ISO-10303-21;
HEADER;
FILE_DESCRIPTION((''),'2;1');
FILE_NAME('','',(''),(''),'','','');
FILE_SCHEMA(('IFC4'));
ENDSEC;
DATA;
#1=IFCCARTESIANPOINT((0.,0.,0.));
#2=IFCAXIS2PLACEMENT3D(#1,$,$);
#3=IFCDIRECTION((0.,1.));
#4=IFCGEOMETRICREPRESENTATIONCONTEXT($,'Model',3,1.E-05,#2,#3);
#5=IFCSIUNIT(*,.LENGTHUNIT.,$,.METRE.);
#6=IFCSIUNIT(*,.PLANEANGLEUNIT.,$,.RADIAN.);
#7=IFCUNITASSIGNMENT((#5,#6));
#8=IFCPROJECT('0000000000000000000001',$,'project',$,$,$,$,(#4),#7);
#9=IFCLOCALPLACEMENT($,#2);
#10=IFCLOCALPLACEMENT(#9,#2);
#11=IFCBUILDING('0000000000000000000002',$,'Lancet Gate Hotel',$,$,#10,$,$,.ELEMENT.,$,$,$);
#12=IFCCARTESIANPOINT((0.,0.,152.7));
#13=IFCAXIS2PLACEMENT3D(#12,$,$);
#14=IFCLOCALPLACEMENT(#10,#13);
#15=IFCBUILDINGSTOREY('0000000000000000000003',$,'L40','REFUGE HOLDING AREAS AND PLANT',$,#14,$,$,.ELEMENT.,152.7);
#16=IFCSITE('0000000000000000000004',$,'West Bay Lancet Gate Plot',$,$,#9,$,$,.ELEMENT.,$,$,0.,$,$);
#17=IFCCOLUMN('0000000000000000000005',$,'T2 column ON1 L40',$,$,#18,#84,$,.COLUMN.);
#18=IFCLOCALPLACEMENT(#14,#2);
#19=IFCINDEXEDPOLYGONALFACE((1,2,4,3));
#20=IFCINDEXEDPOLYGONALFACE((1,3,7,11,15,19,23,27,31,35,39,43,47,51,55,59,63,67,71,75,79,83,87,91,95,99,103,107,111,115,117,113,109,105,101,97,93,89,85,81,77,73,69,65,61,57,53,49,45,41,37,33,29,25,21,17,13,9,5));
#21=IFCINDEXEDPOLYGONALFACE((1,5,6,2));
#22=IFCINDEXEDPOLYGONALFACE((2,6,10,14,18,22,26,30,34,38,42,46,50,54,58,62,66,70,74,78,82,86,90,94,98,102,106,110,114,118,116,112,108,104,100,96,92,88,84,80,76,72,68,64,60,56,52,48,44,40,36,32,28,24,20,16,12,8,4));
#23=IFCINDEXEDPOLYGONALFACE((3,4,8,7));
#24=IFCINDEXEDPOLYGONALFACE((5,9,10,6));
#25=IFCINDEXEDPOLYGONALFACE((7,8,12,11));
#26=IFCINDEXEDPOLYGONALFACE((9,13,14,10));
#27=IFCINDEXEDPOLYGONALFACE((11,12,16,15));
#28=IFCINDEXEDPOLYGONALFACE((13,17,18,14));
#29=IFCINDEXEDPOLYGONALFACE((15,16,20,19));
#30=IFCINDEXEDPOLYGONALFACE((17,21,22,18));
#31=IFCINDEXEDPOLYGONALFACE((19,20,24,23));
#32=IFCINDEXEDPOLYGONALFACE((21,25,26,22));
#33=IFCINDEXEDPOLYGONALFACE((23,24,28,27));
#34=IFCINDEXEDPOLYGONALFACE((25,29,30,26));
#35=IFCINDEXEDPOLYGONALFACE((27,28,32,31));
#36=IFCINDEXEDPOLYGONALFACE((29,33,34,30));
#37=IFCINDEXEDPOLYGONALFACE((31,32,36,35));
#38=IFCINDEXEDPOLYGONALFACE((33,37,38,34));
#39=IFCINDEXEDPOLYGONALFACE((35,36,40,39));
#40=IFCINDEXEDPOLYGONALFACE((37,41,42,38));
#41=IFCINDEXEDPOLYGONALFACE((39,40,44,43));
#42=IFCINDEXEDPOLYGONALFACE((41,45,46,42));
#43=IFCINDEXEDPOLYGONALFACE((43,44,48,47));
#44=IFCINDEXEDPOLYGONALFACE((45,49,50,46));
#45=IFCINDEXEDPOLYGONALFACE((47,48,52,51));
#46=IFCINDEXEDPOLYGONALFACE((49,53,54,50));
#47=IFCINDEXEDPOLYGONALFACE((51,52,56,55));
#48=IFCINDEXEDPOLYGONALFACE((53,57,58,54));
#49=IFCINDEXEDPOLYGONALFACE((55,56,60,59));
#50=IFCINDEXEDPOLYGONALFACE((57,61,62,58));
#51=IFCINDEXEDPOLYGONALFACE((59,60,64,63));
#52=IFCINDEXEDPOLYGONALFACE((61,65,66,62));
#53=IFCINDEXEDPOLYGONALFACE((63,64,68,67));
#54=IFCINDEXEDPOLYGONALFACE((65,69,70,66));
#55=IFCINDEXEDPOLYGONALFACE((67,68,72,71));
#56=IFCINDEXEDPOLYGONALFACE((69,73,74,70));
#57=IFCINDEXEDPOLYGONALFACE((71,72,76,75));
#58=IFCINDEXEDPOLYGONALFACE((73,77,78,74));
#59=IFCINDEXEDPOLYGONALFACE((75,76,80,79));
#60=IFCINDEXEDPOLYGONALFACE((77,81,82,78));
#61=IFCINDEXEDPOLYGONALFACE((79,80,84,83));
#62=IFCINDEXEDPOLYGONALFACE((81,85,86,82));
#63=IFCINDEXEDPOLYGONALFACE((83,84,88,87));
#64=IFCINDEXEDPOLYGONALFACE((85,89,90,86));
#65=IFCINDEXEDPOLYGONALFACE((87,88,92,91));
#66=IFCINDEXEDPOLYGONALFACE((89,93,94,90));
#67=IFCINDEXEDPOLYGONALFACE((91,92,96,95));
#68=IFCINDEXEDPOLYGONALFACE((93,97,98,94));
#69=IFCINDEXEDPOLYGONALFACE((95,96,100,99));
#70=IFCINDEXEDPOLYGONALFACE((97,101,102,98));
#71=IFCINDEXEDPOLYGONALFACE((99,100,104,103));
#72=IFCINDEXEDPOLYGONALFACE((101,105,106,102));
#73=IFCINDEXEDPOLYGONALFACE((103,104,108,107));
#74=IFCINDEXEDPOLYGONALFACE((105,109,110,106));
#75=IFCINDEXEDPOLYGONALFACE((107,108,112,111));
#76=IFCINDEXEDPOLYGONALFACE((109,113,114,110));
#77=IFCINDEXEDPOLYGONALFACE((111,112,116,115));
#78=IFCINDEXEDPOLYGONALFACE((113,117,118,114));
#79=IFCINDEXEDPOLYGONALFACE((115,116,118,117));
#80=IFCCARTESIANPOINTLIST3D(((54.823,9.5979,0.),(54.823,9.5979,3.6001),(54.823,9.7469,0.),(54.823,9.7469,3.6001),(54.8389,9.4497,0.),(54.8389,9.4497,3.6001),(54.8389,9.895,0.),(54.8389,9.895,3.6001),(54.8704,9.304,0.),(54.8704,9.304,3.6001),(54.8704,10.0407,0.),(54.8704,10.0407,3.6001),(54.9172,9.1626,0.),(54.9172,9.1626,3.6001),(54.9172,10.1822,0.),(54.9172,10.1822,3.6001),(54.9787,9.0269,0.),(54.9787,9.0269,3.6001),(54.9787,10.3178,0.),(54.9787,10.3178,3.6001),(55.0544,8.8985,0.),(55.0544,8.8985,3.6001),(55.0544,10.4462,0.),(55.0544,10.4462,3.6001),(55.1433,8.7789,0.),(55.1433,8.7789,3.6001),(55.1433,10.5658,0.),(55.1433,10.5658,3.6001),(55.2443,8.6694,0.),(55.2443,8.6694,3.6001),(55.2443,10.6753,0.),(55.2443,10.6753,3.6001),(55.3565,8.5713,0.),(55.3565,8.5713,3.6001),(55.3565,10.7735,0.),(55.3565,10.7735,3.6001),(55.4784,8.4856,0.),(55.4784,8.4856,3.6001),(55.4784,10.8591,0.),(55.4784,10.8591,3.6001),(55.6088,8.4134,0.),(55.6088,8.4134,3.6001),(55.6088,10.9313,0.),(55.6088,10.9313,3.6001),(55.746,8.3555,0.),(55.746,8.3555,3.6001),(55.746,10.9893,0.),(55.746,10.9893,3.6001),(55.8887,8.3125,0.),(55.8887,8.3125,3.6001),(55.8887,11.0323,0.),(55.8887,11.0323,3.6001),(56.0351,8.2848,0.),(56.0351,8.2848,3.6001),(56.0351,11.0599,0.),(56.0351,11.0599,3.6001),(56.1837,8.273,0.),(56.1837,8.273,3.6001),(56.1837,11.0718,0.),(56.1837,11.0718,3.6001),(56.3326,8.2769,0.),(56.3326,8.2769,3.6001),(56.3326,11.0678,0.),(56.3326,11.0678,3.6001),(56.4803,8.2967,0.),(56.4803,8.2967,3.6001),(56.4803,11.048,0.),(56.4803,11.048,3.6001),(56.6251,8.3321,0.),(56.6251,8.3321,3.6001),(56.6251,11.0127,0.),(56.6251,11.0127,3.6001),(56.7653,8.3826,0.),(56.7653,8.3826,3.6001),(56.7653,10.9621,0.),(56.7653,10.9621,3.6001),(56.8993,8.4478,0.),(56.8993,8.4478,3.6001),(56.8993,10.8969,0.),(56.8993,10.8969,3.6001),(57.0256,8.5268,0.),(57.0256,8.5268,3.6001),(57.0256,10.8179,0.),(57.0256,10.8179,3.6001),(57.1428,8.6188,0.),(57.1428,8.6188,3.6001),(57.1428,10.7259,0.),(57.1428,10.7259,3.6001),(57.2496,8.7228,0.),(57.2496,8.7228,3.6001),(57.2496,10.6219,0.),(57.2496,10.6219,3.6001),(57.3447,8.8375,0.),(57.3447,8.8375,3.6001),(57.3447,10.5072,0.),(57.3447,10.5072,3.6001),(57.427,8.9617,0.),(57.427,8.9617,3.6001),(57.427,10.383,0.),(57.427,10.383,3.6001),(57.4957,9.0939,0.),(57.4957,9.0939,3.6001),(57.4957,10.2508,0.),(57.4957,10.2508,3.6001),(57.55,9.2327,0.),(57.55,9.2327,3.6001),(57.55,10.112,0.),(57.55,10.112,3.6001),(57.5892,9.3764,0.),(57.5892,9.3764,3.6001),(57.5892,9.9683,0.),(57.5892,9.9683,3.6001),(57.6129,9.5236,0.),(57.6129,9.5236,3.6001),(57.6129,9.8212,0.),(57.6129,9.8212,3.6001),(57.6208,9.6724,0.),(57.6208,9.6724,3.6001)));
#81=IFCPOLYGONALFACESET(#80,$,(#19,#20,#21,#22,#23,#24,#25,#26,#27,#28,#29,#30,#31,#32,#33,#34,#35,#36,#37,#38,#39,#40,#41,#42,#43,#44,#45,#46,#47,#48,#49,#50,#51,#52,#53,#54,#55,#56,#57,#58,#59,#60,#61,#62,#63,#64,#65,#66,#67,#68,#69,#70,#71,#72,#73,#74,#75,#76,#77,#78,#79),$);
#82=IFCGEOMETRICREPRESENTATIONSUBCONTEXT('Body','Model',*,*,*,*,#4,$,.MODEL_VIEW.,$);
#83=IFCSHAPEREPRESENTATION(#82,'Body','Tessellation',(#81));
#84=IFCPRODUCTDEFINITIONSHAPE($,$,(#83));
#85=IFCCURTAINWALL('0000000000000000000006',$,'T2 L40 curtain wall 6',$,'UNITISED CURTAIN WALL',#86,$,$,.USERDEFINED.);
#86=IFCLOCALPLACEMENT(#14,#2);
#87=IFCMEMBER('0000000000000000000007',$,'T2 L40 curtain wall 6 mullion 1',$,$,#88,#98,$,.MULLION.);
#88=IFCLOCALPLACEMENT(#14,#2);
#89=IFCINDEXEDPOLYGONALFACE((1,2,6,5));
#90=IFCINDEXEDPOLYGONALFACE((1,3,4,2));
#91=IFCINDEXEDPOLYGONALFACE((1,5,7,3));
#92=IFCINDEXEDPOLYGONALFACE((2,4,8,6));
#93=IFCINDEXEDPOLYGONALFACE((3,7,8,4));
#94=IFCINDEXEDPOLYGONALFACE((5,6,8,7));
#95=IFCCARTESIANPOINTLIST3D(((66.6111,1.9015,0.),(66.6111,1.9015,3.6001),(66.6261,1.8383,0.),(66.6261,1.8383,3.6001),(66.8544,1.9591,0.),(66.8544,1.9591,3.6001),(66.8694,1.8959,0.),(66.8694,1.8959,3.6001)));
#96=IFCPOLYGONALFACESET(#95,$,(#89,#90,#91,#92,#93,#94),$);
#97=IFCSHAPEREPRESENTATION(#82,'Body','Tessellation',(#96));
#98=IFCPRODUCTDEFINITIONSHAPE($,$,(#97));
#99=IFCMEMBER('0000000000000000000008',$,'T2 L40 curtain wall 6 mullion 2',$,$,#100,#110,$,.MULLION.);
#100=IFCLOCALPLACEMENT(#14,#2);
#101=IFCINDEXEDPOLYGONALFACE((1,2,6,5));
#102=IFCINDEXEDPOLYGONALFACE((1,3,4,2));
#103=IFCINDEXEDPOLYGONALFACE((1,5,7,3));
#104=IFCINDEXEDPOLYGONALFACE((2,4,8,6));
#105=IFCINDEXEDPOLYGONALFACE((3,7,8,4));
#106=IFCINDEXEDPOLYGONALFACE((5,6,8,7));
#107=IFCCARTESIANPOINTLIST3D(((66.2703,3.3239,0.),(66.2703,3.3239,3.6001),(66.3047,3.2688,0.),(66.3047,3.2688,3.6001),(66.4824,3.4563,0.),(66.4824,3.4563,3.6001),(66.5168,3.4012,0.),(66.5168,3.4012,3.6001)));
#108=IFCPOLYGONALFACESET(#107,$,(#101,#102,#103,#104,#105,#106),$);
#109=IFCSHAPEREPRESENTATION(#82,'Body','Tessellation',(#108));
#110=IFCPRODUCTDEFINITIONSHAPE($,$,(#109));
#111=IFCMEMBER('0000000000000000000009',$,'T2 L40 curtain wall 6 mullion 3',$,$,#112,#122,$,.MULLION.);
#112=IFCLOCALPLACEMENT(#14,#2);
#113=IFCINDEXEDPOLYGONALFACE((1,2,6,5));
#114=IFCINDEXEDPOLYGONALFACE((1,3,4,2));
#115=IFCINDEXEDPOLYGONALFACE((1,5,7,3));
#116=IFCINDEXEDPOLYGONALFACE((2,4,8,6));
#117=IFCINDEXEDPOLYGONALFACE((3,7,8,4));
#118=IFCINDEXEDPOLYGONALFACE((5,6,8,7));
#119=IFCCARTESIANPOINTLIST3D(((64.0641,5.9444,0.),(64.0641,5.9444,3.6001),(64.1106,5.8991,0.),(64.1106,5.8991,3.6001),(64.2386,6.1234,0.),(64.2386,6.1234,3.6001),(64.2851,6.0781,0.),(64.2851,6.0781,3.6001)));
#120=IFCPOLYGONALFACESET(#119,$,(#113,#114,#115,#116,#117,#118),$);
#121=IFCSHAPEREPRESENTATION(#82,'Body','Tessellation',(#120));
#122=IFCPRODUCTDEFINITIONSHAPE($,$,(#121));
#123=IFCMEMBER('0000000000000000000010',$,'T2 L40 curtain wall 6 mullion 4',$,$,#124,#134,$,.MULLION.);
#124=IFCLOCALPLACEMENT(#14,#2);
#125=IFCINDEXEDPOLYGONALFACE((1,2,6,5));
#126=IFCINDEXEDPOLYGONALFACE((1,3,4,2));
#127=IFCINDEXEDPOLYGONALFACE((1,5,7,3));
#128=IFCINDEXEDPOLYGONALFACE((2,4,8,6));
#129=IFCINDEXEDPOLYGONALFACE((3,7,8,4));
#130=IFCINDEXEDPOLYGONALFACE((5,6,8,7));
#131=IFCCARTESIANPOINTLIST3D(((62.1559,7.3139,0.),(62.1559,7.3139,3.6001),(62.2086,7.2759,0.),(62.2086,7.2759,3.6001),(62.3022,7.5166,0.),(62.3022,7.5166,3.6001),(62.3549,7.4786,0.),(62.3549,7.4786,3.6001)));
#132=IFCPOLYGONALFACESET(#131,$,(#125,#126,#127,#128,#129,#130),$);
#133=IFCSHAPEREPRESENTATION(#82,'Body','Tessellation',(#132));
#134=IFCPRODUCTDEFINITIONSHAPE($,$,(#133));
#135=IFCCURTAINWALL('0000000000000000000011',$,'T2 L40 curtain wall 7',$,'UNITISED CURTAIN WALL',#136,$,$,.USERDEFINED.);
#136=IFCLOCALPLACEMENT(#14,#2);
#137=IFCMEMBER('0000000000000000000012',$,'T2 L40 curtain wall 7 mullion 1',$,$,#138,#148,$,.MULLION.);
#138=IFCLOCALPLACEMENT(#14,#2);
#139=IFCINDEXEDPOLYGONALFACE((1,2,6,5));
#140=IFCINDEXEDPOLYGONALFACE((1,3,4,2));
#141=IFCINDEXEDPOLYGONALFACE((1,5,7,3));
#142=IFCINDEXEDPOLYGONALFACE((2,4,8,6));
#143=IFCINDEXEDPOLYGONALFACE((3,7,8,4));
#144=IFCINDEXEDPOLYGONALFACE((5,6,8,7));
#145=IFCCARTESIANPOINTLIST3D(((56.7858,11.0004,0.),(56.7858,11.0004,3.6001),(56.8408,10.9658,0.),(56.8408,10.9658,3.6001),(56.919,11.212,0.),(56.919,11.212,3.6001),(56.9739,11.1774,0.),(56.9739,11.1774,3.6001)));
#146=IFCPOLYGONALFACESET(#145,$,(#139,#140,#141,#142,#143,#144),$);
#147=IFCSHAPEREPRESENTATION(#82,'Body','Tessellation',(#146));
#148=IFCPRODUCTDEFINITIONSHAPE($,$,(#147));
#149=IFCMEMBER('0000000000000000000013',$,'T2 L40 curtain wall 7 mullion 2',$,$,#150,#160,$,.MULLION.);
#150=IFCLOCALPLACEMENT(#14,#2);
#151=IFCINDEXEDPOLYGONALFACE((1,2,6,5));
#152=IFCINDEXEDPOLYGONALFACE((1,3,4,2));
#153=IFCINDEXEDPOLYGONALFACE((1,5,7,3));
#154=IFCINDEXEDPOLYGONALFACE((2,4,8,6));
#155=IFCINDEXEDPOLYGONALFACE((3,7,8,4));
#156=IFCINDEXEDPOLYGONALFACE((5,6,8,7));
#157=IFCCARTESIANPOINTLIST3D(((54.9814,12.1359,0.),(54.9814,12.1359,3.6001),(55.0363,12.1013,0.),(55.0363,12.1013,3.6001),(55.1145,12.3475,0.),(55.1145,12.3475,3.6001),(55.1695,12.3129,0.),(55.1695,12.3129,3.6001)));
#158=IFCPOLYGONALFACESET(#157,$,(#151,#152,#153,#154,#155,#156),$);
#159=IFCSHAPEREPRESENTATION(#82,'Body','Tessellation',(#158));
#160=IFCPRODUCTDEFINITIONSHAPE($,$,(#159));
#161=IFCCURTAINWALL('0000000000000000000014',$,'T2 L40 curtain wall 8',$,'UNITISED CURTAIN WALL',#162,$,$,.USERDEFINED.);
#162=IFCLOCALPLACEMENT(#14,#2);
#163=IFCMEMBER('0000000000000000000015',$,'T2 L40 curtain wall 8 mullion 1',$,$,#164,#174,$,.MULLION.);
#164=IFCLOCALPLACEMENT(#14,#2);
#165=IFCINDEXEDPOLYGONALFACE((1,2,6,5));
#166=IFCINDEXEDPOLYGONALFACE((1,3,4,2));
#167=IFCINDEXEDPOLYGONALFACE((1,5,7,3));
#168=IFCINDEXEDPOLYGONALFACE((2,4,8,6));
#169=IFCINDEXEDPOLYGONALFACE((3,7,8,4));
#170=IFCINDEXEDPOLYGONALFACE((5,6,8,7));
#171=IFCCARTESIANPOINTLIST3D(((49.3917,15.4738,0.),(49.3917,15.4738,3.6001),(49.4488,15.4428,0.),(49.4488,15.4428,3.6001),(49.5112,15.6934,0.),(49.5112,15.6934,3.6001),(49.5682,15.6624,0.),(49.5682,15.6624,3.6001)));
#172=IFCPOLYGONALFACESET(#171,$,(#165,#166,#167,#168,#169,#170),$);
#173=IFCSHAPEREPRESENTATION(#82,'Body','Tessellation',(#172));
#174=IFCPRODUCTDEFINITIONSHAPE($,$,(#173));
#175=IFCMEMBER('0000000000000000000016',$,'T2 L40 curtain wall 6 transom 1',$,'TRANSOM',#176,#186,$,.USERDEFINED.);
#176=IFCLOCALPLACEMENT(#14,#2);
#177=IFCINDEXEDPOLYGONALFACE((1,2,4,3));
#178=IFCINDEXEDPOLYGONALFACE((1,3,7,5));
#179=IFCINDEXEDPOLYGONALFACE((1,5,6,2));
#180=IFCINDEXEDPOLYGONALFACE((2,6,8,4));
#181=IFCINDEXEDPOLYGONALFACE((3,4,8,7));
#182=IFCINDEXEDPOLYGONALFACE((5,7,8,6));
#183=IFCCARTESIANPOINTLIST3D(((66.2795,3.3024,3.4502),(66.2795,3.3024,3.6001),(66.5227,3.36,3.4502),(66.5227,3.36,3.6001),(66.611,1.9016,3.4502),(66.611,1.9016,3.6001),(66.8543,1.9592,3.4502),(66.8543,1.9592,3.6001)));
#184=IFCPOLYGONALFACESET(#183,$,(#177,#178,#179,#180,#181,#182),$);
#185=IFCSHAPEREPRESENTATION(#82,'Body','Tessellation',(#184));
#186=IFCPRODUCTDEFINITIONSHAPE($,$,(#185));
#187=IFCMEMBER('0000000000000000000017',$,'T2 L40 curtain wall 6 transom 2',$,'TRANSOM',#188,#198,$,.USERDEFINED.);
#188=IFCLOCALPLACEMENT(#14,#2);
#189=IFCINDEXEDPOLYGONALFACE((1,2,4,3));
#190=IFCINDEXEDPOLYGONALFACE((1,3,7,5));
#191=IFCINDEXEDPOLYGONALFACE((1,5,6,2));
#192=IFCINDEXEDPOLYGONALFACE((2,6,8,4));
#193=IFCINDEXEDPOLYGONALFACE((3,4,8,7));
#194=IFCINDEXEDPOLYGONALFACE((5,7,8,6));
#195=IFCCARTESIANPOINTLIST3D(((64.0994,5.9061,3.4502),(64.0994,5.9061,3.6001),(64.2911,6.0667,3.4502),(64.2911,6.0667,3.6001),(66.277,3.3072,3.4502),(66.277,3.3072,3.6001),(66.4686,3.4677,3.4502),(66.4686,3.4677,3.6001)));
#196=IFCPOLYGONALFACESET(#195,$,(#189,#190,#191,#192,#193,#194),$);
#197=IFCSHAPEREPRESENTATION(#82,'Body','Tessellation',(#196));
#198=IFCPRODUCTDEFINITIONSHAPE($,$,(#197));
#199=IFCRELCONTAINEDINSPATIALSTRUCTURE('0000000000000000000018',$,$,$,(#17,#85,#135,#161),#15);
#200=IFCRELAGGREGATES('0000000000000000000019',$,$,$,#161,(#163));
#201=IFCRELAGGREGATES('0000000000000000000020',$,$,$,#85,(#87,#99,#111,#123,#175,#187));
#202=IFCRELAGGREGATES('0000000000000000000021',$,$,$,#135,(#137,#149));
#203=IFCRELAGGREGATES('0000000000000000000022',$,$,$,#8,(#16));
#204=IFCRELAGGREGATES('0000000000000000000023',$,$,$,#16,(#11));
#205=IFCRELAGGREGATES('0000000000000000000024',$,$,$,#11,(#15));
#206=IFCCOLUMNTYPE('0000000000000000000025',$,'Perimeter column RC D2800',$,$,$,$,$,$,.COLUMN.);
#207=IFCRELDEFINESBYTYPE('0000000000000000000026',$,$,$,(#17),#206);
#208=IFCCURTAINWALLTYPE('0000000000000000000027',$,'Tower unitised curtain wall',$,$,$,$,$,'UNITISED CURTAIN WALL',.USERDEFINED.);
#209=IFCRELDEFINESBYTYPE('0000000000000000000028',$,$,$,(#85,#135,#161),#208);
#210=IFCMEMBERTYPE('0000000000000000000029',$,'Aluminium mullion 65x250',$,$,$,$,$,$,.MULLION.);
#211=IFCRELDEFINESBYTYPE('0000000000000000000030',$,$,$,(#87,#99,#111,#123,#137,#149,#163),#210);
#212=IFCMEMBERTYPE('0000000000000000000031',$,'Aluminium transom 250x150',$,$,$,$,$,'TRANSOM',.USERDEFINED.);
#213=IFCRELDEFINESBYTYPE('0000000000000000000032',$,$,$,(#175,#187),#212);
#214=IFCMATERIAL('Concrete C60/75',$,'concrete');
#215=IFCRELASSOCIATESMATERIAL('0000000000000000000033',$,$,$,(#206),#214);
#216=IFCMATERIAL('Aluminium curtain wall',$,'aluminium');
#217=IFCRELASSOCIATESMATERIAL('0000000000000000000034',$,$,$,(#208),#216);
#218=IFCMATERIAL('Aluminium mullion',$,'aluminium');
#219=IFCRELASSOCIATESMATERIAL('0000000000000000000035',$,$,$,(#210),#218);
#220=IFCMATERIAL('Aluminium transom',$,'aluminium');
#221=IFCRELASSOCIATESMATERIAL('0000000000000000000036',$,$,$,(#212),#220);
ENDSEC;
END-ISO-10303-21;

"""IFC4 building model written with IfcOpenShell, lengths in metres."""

from ifc_helpers import new_model, si_unit, direction, frame, origin, origin_2d, place, context, subcontext, project, spatial, rectangle, circle, extrude, material, material_profile, profile_set, type_object, element, aggregate, save


model = new_model("IFC4")

# Units and contexts
model_context = context("Model", 3, precision=1e-05, world=origin(), true_north=direction((0.0, 1.0)))
body_context = subcontext(model_context, "Body", "Model", "MODEL_VIEW")
ifc_project = project(units=[si_unit("LENGTHUNIT", "METRE"), si_unit("PLANEANGLEUNIT", "RADIAN")], contexts=[model_context])

# Site, building, storey
site_placement = place(None, origin())
site = spatial("IfcSite", under=ifc_project, at=site_placement, Name="West Bay Lancet Gate Plot", CompositionType="ELEMENT", RefElevation=0.0)
building_placement = place(site_placement, origin())
building = spatial("IfcBuilding", under=site, at=building_placement, Name="Lancet Gate Hotel", CompositionType="ELEMENT")
storey_placement = place(building_placement, frame((0.0, 0.0, 152.7)))
storey = spatial("IfcBuildingStorey", under=building, at=storey_placement, Name="L40", Description="REFUGE HOLDING AREAS AND PLANT", CompositionType="ELEMENT", Elevation=152.7)

# Column
ifc_material_1 = material(Name="Concrete C60/75", Category="concrete")
ifc_material_profile_1 = material_profile(ifc_material_1, circle(Radius=1.3999, at=origin_2d()), Name="RC D2800")
ifc_profile_set_1 = profile_set([ifc_material_profile_1], Name="Concrete C60/75")
column_type = type_object("IfcColumnType", Name="Perimeter column RC D2800", PredefinedType="COLUMN", material=ifc_profile_set_1)
column_placement = place(storey_placement, frame((56.2209, 9.6724, 0.0), z_axis=(0.0, 0.0, 1.0), x_axis=(1.0, 0.0, 0.0)))
element("IfcColumn", 1, at=column_placement, inside=storey, type_object=column_type, Name="T2 column ON1 L40", PredefinedType="COLUMN", context=body_context, shape_type="SweptSolid", body=[
    extrude(circle(Radius=1.3999, at=origin_2d()), origin(), (0.0, 0.0, 1.0), 3.6001),
])

# Curtain walls, members
ifc_material_2 = material(Name="Aluminium curtain wall", Category="aluminium")
curtain_wall_type = type_object("IfcCurtainWallType", Name="Tower unitised curtain wall", ElementType="UNITISED CURTAIN WALL", PredefinedType="USERDEFINED", material=ifc_material_2)
curtain_wall_1_placement = place(storey_placement, origin())
curtain_wall_1 = element("IfcCurtainWall", 2, at=curtain_wall_1_placement, inside=storey, type_object=curtain_wall_type, Name="T2 L40 curtain wall 6", ObjectType="UNITISED CURTAIN WALL", PredefinedType="USERDEFINED")
ifc_material_3 = material(Name="Aluminium mullion", Category="aluminium")
ifc_material_profile_2 = material_profile(ifc_material_3, rectangle(XDim=0.0649, YDim=0.25, at=origin_2d()), Name="MULLION 65x250")
ifc_profile_set_2 = profile_set([ifc_material_profile_2], Name="Aluminium mullion")
member_type_1 = type_object("IfcMemberType", Name="Aluminium mullion 65x250", PredefinedType="MULLION", material=ifc_profile_set_2)
member_1_placement = place(storey_placement, frame((66.7402, 1.8987, 0.0), z_axis=(0.0, 0.0, 1.0), x_axis=(-0.230367, 0.973104, 0.0)))
member_1 = element("IfcMember", 3, at=member_1_placement, type_object=member_type_1, Name="T2 L40 curtain wall 6 mullion 1", PredefinedType="MULLION", context=body_context, shape_type="SweptSolid", body=[
    extrude(rectangle(XDim=0.0649, YDim=0.25, at=origin_2d()), origin(), (0.0, 0.0, 1.0), 3.6001),
])
member_2_placement = place(storey_placement, frame((66.3936, 3.3625, 0.0), z_axis=(0.0, 0.0, 1.0), x_axis=(-0.529302, 0.848433, 0.0)))
member_2 = element("IfcMember", 4, at=member_2_placement, type_object=member_type_1, Name="T2 L40 curtain wall 6 mullion 2", PredefinedType="MULLION", context=body_context, shape_type="SweptSolid", body=[
    extrude(rectangle(XDim=0.0649, YDim=0.25, at=origin_2d()), origin(), (0.0, 0.0, 1.0), 3.6001),
])
member_3_placement = place(storey_placement, frame((64.1746, 6.0112, 0.0), z_axis=(0.0, 0.0, 1.0), x_axis=(-0.716089, 0.698009, 0.0)))
member_3 = element("IfcMember", 5, at=member_3_placement, type_object=member_type_1, Name="T2 L40 curtain wall 6 mullion 3", PredefinedType="MULLION", context=body_context, shape_type="SweptSolid", body=[
    extrude(rectangle(XDim=0.0649, YDim=0.25, at=origin_2d()), origin(), (0.0, 0.0, 1.0), 3.6001),
])
member_4_placement = place(storey_placement, frame((62.2554, 7.3962, 0.0), z_axis=(0.0, 0.0, 1.0), x_axis=(-0.810891, 0.585197, 0.0)))
member_4 = element("IfcMember", 6, at=member_4_placement, type_object=member_type_1, Name="T2 L40 curtain wall 6 mullion 4", PredefinedType="MULLION", context=body_context, shape_type="SweptSolid", body=[
    extrude(rectangle(XDim=0.0649, YDim=0.25, at=origin_2d()), origin(), (0.0, 0.0, 1.0), 3.6001),
])
curtain_wall_2_placement = place(storey_placement, origin())
curtain_wall_2 = element("IfcCurtainWall", 7, at=curtain_wall_2_placement, inside=storey, type_object=curtain_wall_type, Name="T2 L40 curtain wall 7", ObjectType="UNITISED CURTAIN WALL", PredefinedType="USERDEFINED")
member_5_placement = place(storey_placement, frame((56.8799, 11.0889, 0.0), z_axis=(0.0, 0.0, 1.0), x_axis=(-0.846352, 0.532623, 0.0)))
member_5 = element("IfcMember", 8, at=member_5_placement, type_object=member_type_1, Name="T2 L40 curtain wall 7 mullion 1", PredefinedType="MULLION", context=body_context, shape_type="SweptSolid", body=[
    extrude(rectangle(XDim=0.0649, YDim=0.25, at=origin_2d()), origin(), (0.0, 0.0, 1.0), 3.6001),
])
member_6_placement = place(storey_placement, frame((55.0754, 12.2244, 0.0), z_axis=(0.0, 0.0, 1.0), x_axis=(-0.846352, 0.532623, 0.0)))
member_6 = element("IfcMember", 9, at=member_6_placement, type_object=member_type_1, Name="T2 L40 curtain wall 7 mullion 2", PredefinedType="MULLION", context=body_context, shape_type="SweptSolid", body=[
    extrude(rectangle(XDim=0.0649, YDim=0.25, at=origin_2d()), origin(), (0.0, 0.0, 1.0), 3.6001),
])

# Curtain wall, member
curtain_wall_3_placement = place(storey_placement, origin())
curtain_wall_3 = element("IfcCurtainWall", 10, at=curtain_wall_3_placement, inside=storey, type_object=curtain_wall_type, Name="T2 L40 curtain wall 8", ObjectType="UNITISED CURTAIN WALL", PredefinedType="USERDEFINED")
member_7_placement = place(storey_placement, frame((49.48, 15.5681, 0.0), z_axis=(0.0, 0.0, 1.0), x_axis=(-0.87841, 0.477908, 0.0)))
member_7 = element("IfcMember", 11, at=member_7_placement, type_object=member_type_1, Name="T2 L40 curtain wall 8 mullion 1", PredefinedType="MULLION", context=body_context, shape_type="SweptSolid", body=[
    extrude(rectangle(XDim=0.0649, YDim=0.25, at=origin_2d()), origin(), (0.0, 0.0, 1.0), 3.6001),
])

# Members
ifc_material_4 = material(Name="Aluminium transom", Category="aluminium")
ifc_material_profile_3 = material_profile(ifc_material_4, rectangle(XDim=0.25, YDim=0.1499, at=origin_2d()), Name="TRANSOM 250x150")
ifc_profile_set_3 = profile_set([ifc_material_profile_3], Name="Aluminium transom")
member_type_2 = type_object("IfcMemberType", Name="Aluminium transom 250x150", ElementType="TRANSOM", PredefinedType="USERDEFINED", material=ifc_profile_set_3)
member_8_placement = place(storey_placement, frame((66.7327, 1.9304, 3.5251), z_axis=(-0.230344, 0.973109, 0.0), x_axis=(-0.973109, -0.230344, 0.0)))
member_8 = element("IfcMember", 12, at=member_8_placement, type_object=member_type_2, Name="T2 L40 curtain wall 6 transom 1", ObjectType="TRANSOM", PredefinedType="USERDEFINED", context=body_context, shape_type="SweptSolid", body=[
    extrude(rectangle(XDim=0.25, YDim=0.1499, at=origin_2d()), origin(), (0.0, 0.0, 1.0), 1.4395),
])
member_9_placement = place(storey_placement, frame((66.3728, 3.3875, 3.5251), z_axis=(-0.642229, 0.766513, 0.0), x_axis=(-0.766513, -0.642229, 0.0)))
member_9 = element("IfcMember", 13, at=member_9_placement, type_object=member_type_2, Name="T2 L40 curtain wall 6 transom 2", ObjectType="TRANSOM", PredefinedType="USERDEFINED", context=body_context, shape_type="SweptSolid", body=[
    extrude(rectangle(XDim=0.25, YDim=0.1499, at=origin_2d()), origin(), (0.0, 0.0, 1.0), 3.3906),
])
aggregate(curtain_wall_3, [member_7])

aggregate(curtain_wall_1, [member_1, member_2, member_3, member_4, member_8, member_9])
aggregate(curtain_wall_2, [member_5, member_6])

save(model, "model.ifc")
